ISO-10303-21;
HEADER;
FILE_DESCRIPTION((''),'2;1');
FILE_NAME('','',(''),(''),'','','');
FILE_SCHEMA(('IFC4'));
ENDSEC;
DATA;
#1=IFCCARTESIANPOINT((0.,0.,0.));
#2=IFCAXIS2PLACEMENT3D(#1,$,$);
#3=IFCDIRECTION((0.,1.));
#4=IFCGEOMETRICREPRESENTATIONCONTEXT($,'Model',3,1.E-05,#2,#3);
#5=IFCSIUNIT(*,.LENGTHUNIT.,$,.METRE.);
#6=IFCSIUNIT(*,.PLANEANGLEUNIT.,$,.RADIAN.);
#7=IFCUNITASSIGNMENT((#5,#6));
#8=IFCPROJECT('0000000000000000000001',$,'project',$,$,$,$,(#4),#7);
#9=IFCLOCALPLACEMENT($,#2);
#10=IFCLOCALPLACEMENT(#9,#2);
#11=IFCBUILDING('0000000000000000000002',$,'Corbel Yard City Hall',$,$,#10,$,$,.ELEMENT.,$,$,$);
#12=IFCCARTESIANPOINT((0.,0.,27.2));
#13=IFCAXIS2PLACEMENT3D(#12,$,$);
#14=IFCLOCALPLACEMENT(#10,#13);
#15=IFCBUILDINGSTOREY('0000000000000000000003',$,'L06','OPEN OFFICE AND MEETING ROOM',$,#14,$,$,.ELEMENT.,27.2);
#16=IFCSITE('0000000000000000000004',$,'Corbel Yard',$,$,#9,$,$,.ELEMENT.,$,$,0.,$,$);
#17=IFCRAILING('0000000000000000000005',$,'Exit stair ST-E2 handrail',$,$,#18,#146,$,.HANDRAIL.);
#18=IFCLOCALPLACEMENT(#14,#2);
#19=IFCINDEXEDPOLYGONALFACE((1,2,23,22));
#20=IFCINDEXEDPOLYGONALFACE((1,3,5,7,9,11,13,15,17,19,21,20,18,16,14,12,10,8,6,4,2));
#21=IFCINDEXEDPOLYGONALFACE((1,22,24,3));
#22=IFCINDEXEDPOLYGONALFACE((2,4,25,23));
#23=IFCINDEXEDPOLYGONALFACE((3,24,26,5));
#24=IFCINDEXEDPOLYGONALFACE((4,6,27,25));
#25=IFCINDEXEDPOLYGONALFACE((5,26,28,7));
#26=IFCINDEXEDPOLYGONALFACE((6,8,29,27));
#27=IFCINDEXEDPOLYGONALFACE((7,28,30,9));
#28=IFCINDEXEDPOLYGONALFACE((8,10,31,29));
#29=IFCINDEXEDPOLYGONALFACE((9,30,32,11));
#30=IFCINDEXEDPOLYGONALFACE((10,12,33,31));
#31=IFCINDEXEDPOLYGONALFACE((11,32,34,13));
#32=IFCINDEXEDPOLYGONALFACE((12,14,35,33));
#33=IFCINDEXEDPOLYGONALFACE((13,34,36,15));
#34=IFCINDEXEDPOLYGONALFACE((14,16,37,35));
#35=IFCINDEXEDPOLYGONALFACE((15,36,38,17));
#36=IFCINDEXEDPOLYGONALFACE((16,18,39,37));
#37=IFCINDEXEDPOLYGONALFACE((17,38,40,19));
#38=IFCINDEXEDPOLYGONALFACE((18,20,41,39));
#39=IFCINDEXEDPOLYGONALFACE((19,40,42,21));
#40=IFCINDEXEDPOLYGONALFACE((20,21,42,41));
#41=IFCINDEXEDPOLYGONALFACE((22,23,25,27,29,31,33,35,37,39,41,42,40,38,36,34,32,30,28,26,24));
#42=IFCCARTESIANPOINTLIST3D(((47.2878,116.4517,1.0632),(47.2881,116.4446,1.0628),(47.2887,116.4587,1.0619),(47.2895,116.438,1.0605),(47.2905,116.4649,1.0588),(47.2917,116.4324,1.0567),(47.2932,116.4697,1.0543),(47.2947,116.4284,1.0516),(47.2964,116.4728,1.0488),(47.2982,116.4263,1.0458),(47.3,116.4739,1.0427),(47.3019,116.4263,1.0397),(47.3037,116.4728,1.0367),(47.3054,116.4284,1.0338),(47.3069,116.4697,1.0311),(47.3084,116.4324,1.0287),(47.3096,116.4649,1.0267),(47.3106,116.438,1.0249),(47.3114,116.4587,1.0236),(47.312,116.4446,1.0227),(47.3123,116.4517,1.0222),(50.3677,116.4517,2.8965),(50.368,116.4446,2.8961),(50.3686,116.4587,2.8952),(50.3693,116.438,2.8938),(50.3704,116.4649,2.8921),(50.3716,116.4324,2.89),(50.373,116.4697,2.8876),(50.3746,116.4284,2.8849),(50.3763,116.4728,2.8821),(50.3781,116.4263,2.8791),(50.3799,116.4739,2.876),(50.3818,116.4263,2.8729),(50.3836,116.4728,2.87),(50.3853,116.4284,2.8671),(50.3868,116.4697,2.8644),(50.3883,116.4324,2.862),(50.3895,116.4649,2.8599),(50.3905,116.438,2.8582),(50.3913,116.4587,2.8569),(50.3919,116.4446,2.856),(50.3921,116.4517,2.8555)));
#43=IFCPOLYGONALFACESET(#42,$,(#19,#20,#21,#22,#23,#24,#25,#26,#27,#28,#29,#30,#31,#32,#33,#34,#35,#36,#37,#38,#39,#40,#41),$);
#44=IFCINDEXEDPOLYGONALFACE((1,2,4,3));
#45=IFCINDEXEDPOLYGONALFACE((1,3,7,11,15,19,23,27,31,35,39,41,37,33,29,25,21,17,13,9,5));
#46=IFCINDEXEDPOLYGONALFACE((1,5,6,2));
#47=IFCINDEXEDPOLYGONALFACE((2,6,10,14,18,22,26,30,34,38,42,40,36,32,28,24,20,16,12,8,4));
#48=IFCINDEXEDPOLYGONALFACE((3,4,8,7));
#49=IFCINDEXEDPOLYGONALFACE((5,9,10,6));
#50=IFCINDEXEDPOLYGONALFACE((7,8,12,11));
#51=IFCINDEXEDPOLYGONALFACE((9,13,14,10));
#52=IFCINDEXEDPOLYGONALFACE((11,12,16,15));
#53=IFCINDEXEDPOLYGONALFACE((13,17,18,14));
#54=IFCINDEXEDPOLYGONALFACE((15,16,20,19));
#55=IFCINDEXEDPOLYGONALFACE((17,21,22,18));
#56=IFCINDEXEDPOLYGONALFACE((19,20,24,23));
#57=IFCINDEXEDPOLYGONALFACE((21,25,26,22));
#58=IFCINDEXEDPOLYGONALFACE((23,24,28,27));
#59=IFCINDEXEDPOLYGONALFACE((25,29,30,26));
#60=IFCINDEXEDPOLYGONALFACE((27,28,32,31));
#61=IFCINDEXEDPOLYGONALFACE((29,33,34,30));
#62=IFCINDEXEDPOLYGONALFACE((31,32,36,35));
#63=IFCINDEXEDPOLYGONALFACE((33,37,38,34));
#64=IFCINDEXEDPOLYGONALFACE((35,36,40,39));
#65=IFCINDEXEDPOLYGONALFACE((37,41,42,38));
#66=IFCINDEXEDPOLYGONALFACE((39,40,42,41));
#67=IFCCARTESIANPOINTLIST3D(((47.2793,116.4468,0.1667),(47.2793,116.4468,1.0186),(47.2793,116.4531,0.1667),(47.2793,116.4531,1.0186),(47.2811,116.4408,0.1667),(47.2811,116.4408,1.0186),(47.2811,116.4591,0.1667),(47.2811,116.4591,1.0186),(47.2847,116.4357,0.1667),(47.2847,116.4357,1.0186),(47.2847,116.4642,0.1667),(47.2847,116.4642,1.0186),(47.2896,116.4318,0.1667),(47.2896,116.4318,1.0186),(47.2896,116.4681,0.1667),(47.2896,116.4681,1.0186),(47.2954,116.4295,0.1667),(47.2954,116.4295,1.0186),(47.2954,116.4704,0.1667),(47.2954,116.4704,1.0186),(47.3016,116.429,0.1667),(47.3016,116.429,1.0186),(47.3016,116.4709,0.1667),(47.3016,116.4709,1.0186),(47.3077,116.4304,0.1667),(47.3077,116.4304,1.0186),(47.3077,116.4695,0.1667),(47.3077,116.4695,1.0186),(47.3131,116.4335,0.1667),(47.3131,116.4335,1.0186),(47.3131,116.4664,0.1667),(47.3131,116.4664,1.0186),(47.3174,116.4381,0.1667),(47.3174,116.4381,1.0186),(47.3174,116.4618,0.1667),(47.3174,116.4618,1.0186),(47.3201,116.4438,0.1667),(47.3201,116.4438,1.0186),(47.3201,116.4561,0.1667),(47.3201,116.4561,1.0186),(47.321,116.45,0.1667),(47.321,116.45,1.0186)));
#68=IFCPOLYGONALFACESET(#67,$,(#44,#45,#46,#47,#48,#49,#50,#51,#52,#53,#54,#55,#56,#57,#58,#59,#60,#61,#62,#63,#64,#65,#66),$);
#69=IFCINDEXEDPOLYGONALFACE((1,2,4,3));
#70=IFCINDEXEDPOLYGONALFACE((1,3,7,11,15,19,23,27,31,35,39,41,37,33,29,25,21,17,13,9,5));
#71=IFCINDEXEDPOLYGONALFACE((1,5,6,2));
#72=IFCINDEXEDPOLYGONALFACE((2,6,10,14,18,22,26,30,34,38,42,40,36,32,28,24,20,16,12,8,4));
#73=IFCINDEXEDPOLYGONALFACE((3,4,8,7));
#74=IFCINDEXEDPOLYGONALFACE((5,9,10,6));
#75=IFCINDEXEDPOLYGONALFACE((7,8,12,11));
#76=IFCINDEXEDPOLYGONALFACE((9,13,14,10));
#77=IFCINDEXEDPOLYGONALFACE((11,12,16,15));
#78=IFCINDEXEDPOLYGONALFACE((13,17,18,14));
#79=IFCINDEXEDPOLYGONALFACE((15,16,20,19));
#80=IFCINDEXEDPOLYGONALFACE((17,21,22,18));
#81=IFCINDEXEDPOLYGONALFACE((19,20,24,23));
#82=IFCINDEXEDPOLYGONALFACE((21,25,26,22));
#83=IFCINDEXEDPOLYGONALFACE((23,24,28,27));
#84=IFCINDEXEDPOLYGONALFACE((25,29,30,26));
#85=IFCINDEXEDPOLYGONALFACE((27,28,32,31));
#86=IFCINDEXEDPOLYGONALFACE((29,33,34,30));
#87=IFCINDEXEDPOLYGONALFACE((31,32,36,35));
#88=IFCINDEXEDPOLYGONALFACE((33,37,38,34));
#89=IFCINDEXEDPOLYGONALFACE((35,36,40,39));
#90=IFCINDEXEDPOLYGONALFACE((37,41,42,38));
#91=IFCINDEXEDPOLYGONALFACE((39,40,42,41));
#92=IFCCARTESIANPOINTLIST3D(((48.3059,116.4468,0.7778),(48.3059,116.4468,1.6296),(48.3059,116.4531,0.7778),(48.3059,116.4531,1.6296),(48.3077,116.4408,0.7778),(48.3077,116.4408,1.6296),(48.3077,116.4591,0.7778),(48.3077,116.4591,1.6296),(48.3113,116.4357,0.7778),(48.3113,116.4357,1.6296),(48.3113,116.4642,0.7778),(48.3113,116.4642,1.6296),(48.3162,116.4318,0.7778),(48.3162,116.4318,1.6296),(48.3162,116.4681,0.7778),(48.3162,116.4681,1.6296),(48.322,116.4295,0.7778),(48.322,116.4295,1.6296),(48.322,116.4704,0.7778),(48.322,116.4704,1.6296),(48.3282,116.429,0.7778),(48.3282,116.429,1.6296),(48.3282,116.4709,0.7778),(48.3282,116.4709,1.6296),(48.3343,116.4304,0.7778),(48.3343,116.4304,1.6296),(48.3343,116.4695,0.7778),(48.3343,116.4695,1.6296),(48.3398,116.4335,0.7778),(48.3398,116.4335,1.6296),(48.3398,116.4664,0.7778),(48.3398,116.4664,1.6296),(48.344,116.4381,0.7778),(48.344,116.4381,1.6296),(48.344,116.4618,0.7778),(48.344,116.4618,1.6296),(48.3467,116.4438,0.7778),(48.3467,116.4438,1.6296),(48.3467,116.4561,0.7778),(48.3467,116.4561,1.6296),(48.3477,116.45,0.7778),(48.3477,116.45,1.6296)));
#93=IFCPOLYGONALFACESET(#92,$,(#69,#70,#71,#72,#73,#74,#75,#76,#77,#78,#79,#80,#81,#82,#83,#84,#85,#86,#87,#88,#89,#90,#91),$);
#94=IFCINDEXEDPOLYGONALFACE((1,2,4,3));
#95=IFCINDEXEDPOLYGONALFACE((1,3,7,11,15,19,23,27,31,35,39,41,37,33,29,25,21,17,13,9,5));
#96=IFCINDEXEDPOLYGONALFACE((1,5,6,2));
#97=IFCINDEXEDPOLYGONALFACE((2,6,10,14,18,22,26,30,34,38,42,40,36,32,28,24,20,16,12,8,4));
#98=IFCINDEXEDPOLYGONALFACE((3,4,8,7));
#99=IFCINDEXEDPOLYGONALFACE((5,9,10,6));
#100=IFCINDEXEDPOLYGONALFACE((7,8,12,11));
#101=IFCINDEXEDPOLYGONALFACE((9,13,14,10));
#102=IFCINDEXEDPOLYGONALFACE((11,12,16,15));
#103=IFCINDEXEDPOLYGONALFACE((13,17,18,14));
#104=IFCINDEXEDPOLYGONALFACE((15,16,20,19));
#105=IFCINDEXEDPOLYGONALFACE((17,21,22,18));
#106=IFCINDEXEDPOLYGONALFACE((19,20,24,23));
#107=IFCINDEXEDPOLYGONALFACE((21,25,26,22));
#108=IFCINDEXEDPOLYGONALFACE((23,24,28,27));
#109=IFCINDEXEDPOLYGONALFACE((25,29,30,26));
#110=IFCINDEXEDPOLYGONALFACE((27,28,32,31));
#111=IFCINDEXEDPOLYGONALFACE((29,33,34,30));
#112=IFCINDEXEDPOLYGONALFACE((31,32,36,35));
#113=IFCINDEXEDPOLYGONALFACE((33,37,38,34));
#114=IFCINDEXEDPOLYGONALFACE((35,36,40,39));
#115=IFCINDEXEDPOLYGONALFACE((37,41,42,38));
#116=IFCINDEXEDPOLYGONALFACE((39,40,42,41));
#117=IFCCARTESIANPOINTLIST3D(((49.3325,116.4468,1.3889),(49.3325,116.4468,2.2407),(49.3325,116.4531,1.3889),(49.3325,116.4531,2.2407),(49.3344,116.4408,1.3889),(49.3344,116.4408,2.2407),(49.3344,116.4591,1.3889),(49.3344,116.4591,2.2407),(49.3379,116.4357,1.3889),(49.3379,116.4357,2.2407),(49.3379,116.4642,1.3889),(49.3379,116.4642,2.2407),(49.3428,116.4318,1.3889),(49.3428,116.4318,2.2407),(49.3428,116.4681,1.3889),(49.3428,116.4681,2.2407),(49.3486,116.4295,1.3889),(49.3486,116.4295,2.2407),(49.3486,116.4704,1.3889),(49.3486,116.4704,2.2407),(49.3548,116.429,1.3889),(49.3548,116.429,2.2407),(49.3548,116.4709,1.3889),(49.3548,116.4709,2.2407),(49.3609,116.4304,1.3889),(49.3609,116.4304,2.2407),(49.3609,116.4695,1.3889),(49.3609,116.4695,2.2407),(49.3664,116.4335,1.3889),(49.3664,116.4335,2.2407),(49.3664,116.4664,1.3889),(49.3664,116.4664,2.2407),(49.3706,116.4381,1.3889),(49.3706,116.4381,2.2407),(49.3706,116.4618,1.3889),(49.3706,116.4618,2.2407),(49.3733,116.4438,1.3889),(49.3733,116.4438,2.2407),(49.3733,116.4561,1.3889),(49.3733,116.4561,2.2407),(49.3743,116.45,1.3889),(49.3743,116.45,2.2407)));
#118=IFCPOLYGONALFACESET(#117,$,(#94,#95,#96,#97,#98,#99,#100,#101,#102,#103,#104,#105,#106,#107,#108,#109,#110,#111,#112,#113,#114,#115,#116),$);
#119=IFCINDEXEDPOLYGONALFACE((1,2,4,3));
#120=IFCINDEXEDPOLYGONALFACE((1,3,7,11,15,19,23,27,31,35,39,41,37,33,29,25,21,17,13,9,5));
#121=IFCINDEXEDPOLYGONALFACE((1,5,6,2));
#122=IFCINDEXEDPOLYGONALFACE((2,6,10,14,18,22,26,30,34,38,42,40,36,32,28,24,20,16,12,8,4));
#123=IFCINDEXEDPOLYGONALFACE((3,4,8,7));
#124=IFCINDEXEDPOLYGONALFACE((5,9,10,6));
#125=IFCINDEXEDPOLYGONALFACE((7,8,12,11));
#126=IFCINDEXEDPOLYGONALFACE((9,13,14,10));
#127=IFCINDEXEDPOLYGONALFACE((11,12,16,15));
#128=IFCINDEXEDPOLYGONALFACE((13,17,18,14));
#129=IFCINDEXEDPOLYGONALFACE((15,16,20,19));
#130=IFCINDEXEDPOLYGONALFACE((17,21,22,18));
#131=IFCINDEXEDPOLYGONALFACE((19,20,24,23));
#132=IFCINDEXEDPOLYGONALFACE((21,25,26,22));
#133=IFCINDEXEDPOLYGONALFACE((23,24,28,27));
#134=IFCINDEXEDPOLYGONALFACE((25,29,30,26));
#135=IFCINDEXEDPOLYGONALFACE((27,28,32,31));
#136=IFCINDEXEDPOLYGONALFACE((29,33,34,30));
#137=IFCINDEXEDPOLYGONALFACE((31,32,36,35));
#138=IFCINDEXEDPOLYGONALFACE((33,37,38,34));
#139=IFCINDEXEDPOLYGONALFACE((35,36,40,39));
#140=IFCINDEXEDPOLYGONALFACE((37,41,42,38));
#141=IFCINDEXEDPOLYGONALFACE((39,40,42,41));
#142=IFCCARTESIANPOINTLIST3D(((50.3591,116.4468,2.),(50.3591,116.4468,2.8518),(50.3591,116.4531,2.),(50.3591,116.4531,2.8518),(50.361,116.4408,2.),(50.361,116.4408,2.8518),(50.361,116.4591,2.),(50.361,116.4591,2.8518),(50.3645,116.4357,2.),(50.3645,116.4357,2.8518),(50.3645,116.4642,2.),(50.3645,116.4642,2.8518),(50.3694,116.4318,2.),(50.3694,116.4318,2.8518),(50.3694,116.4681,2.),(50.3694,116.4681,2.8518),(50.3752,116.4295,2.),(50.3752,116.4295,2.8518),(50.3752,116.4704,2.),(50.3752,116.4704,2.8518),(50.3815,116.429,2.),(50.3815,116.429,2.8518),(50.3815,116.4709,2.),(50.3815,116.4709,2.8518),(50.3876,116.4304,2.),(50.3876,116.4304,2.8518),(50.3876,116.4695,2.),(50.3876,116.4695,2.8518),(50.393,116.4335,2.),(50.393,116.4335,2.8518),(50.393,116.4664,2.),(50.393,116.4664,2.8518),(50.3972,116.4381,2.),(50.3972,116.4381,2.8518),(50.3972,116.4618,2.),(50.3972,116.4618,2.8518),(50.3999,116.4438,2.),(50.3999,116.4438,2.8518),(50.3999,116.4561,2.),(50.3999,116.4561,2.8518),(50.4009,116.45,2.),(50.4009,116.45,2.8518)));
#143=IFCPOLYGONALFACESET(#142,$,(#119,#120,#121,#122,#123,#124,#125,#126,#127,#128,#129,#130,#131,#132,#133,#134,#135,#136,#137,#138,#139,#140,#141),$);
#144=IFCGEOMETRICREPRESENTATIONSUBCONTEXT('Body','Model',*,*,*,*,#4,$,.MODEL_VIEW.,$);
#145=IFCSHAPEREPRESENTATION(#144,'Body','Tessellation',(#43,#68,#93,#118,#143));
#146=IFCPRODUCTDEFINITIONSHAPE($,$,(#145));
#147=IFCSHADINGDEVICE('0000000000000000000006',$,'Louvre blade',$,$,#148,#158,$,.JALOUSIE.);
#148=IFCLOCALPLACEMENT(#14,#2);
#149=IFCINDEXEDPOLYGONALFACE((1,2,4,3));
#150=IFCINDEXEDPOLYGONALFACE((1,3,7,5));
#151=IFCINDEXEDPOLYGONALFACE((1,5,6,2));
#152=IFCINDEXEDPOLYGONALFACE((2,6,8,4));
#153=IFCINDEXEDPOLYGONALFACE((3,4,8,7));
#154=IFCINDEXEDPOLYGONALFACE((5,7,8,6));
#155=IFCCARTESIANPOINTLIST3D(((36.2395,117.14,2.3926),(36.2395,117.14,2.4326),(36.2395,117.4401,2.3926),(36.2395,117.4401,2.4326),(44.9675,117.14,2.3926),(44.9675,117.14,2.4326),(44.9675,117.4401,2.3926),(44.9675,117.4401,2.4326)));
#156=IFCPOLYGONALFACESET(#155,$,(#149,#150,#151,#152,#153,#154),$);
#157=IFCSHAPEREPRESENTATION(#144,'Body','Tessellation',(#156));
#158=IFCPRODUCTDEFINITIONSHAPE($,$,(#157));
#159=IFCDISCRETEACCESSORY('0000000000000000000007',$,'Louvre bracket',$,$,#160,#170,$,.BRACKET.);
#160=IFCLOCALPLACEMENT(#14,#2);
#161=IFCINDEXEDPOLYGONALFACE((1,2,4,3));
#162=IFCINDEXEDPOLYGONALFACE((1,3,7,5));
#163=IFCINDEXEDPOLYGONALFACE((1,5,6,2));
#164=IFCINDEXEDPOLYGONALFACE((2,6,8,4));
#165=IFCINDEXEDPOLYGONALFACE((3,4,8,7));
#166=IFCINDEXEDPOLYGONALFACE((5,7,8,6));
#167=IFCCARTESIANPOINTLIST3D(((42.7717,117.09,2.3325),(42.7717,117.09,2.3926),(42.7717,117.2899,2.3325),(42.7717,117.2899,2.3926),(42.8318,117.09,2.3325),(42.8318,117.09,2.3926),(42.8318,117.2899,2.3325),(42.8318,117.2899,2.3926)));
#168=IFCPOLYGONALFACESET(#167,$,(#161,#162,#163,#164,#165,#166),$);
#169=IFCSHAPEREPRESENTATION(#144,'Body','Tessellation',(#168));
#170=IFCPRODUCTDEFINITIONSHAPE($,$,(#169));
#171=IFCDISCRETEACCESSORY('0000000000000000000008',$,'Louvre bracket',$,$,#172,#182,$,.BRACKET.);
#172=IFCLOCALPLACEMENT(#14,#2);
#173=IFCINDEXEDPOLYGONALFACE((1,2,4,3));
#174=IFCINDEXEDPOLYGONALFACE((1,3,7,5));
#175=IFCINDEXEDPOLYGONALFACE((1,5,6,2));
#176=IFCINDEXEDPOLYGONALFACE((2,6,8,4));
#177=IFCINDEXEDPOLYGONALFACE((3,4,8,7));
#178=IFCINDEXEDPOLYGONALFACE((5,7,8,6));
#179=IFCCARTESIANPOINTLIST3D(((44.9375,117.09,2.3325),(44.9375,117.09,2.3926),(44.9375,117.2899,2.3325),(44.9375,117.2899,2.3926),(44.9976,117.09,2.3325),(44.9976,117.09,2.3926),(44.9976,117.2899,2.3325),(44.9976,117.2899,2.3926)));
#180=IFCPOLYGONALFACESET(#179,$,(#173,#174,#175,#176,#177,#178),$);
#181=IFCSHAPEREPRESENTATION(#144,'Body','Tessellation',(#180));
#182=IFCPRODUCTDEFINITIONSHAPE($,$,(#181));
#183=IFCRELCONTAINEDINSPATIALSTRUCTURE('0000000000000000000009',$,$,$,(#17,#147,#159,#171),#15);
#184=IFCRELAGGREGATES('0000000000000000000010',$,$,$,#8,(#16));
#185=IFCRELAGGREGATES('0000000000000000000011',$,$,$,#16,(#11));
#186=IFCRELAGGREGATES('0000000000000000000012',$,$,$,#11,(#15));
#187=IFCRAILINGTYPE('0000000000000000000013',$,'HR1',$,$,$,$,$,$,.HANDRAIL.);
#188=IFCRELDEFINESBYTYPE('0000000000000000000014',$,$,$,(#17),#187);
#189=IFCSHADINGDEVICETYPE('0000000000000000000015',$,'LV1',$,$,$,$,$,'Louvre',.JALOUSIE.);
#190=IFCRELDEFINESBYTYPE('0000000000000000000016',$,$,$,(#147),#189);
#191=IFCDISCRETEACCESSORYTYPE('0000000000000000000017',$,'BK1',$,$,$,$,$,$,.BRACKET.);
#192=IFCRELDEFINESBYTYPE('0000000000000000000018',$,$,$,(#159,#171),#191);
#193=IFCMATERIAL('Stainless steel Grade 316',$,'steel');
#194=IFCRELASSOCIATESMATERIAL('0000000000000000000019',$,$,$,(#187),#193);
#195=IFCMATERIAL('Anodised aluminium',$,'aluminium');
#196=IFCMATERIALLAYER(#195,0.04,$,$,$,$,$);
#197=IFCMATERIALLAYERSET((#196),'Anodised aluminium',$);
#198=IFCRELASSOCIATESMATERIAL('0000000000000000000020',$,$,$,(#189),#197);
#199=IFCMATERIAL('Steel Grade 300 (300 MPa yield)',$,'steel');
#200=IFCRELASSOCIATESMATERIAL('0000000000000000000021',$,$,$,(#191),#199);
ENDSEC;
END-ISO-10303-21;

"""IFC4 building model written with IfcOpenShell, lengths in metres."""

from ifc_helpers import new_model, si_unit, direction, frame, origin, origin_2d, place, context, subcontext, project, spatial, rectangle, circle, extrude, material, layer, layer_set, type_object, element, save


model = new_model("IFC4")

# Units and contexts
model_context = context("Model", 3, precision=1e-05, world=origin(), true_north=direction((0.0, 1.0)))
body_context = subcontext(model_context, "Body", "Model", "MODEL_VIEW")
ifc_project = project(units=[si_unit("LENGTHUNIT", "METRE"), si_unit("PLANEANGLEUNIT", "RADIAN")], contexts=[model_context])

# Site, building, storey
site_placement = place(None, origin())
site = spatial("IfcSite", under=ifc_project, at=site_placement, Name="Corbel Yard", CompositionType="ELEMENT", RefElevation=0.0)
building_placement = place(site_placement, origin())
building = spatial("IfcBuilding", under=site, at=building_placement, Name="Corbel Yard City Hall", CompositionType="ELEMENT")
storey_placement = place(building_placement, frame((0.0, 0.0, 27.2)))
storey = spatial("IfcBuildingStorey", under=building, at=storey_placement, Name="L06", Description="OPEN OFFICE AND MEETING ROOM", CompositionType="ELEMENT", Elevation=27.2)

# Railing
ifc_material_1 = material(Name="Stainless steel Grade 316", Category="steel")
railing_type = type_object("IfcRailingType", Name="HR1", PredefinedType="HANDRAIL", material=ifc_material_1)
railing_placement = place(storey_placement, frame((47.3, 116.45, 0.1667)))
element("IfcRailing", 1, at=railing_placement, inside=storey, type_object=railing_type, Name="Exit stair ST-E2 handrail", PredefinedType="HANDRAIL", context=body_context, shape_type="SweptSolid", body=[
    extrude(circle(Radius=0.0239, at=origin_2d()), frame((0.0, 0.0, 0.876), z_axis=(0.859291, 0.0, 0.511487), x_axis=(0.0, 1.0, 0.0)), (0.0, 0.0, 1.0), 3.5842),
    extrude(circle(Radius=0.021, at=origin_2d()), origin(), (0.0, 0.0, 1.0), 0.8518),
    extrude(circle(Radius=0.021, at=origin_2d()), frame((1.0266, 0.0, 0.6111)), (0.0, 0.0, 1.0), 0.8518),
    extrude(circle(Radius=0.021, at=origin_2d()), frame((2.0532, 0.0, 1.2222)), (0.0, 0.0, 1.0), 0.8518),
    extrude(circle(Radius=0.021, at=origin_2d()), frame((3.0798, 0.0, 1.8333)), (0.0, 0.0, 1.0), 0.8518),
])

# Shading device
ifc_material_2 = material(Name="Anodised aluminium", Category="aluminium")
ifc_layer_1 = layer(ifc_material_2, 0.04)
ifc_layer_set_1 = layer_set([ifc_layer_1], Name="Anodised aluminium")
shading_device_type = type_object("IfcShadingDeviceType", Name="LV1", ElementType="Louvre", PredefinedType="JALOUSIE", material=ifc_layer_set_1)
shading_device_placement = place(storey_placement, frame((40.6035, 117.29, 2.3926), z_axis=(0.0, 0.0, 1.0), x_axis=(1.0, 0.0, 0.0)))
element("IfcShadingDevice", 2, at=shading_device_placement, inside=storey, type_object=shading_device_type, Name="Louvre blade", PredefinedType="JALOUSIE", context=body_context, shape_type="SweptSolid", body=[
    extrude(rectangle(XDim=8.728, YDim=0.3, at=origin_2d()), origin(), (0.0, 0.0, 1.0), 0.04),
])

# Discrete accessories
ifc_material_3 = material(Name="Steel Grade 300 (300 MPa yield)", Category="steel")
discrete_accessory_type = type_object("IfcDiscreteAccessoryType", Name="BK1", PredefinedType="BRACKET", material=ifc_material_3)
for number, where, z_axis, x_axis, name in (
    (3, (42.8018, 117.1899, 2.3325), (0.0, 0.0, 1.0), (1.0, 0.0, 0.0), "Louvre bracket"),
    (4, (44.9675, 117.1899, 2.3325), (0.0, 0.0, 1.0), (1.0, 0.0, 0.0), "Louvre bracket"),
):
    element("IfcDiscreteAccessory", number, at=place(storey_placement, frame(where, z_axis=z_axis, x_axis=x_axis)), inside=storey, type_object=discrete_accessory_type, Name=name, PredefinedType="BRACKET", context=body_context, shape_type="SweptSolid", body=[
        extrude(rectangle(XDim=0.0601, YDim=0.2, at=origin_2d()), origin(), (0.0, 0.0, 1.0), 0.0601),
    ])

save(model, "model.ifc")
